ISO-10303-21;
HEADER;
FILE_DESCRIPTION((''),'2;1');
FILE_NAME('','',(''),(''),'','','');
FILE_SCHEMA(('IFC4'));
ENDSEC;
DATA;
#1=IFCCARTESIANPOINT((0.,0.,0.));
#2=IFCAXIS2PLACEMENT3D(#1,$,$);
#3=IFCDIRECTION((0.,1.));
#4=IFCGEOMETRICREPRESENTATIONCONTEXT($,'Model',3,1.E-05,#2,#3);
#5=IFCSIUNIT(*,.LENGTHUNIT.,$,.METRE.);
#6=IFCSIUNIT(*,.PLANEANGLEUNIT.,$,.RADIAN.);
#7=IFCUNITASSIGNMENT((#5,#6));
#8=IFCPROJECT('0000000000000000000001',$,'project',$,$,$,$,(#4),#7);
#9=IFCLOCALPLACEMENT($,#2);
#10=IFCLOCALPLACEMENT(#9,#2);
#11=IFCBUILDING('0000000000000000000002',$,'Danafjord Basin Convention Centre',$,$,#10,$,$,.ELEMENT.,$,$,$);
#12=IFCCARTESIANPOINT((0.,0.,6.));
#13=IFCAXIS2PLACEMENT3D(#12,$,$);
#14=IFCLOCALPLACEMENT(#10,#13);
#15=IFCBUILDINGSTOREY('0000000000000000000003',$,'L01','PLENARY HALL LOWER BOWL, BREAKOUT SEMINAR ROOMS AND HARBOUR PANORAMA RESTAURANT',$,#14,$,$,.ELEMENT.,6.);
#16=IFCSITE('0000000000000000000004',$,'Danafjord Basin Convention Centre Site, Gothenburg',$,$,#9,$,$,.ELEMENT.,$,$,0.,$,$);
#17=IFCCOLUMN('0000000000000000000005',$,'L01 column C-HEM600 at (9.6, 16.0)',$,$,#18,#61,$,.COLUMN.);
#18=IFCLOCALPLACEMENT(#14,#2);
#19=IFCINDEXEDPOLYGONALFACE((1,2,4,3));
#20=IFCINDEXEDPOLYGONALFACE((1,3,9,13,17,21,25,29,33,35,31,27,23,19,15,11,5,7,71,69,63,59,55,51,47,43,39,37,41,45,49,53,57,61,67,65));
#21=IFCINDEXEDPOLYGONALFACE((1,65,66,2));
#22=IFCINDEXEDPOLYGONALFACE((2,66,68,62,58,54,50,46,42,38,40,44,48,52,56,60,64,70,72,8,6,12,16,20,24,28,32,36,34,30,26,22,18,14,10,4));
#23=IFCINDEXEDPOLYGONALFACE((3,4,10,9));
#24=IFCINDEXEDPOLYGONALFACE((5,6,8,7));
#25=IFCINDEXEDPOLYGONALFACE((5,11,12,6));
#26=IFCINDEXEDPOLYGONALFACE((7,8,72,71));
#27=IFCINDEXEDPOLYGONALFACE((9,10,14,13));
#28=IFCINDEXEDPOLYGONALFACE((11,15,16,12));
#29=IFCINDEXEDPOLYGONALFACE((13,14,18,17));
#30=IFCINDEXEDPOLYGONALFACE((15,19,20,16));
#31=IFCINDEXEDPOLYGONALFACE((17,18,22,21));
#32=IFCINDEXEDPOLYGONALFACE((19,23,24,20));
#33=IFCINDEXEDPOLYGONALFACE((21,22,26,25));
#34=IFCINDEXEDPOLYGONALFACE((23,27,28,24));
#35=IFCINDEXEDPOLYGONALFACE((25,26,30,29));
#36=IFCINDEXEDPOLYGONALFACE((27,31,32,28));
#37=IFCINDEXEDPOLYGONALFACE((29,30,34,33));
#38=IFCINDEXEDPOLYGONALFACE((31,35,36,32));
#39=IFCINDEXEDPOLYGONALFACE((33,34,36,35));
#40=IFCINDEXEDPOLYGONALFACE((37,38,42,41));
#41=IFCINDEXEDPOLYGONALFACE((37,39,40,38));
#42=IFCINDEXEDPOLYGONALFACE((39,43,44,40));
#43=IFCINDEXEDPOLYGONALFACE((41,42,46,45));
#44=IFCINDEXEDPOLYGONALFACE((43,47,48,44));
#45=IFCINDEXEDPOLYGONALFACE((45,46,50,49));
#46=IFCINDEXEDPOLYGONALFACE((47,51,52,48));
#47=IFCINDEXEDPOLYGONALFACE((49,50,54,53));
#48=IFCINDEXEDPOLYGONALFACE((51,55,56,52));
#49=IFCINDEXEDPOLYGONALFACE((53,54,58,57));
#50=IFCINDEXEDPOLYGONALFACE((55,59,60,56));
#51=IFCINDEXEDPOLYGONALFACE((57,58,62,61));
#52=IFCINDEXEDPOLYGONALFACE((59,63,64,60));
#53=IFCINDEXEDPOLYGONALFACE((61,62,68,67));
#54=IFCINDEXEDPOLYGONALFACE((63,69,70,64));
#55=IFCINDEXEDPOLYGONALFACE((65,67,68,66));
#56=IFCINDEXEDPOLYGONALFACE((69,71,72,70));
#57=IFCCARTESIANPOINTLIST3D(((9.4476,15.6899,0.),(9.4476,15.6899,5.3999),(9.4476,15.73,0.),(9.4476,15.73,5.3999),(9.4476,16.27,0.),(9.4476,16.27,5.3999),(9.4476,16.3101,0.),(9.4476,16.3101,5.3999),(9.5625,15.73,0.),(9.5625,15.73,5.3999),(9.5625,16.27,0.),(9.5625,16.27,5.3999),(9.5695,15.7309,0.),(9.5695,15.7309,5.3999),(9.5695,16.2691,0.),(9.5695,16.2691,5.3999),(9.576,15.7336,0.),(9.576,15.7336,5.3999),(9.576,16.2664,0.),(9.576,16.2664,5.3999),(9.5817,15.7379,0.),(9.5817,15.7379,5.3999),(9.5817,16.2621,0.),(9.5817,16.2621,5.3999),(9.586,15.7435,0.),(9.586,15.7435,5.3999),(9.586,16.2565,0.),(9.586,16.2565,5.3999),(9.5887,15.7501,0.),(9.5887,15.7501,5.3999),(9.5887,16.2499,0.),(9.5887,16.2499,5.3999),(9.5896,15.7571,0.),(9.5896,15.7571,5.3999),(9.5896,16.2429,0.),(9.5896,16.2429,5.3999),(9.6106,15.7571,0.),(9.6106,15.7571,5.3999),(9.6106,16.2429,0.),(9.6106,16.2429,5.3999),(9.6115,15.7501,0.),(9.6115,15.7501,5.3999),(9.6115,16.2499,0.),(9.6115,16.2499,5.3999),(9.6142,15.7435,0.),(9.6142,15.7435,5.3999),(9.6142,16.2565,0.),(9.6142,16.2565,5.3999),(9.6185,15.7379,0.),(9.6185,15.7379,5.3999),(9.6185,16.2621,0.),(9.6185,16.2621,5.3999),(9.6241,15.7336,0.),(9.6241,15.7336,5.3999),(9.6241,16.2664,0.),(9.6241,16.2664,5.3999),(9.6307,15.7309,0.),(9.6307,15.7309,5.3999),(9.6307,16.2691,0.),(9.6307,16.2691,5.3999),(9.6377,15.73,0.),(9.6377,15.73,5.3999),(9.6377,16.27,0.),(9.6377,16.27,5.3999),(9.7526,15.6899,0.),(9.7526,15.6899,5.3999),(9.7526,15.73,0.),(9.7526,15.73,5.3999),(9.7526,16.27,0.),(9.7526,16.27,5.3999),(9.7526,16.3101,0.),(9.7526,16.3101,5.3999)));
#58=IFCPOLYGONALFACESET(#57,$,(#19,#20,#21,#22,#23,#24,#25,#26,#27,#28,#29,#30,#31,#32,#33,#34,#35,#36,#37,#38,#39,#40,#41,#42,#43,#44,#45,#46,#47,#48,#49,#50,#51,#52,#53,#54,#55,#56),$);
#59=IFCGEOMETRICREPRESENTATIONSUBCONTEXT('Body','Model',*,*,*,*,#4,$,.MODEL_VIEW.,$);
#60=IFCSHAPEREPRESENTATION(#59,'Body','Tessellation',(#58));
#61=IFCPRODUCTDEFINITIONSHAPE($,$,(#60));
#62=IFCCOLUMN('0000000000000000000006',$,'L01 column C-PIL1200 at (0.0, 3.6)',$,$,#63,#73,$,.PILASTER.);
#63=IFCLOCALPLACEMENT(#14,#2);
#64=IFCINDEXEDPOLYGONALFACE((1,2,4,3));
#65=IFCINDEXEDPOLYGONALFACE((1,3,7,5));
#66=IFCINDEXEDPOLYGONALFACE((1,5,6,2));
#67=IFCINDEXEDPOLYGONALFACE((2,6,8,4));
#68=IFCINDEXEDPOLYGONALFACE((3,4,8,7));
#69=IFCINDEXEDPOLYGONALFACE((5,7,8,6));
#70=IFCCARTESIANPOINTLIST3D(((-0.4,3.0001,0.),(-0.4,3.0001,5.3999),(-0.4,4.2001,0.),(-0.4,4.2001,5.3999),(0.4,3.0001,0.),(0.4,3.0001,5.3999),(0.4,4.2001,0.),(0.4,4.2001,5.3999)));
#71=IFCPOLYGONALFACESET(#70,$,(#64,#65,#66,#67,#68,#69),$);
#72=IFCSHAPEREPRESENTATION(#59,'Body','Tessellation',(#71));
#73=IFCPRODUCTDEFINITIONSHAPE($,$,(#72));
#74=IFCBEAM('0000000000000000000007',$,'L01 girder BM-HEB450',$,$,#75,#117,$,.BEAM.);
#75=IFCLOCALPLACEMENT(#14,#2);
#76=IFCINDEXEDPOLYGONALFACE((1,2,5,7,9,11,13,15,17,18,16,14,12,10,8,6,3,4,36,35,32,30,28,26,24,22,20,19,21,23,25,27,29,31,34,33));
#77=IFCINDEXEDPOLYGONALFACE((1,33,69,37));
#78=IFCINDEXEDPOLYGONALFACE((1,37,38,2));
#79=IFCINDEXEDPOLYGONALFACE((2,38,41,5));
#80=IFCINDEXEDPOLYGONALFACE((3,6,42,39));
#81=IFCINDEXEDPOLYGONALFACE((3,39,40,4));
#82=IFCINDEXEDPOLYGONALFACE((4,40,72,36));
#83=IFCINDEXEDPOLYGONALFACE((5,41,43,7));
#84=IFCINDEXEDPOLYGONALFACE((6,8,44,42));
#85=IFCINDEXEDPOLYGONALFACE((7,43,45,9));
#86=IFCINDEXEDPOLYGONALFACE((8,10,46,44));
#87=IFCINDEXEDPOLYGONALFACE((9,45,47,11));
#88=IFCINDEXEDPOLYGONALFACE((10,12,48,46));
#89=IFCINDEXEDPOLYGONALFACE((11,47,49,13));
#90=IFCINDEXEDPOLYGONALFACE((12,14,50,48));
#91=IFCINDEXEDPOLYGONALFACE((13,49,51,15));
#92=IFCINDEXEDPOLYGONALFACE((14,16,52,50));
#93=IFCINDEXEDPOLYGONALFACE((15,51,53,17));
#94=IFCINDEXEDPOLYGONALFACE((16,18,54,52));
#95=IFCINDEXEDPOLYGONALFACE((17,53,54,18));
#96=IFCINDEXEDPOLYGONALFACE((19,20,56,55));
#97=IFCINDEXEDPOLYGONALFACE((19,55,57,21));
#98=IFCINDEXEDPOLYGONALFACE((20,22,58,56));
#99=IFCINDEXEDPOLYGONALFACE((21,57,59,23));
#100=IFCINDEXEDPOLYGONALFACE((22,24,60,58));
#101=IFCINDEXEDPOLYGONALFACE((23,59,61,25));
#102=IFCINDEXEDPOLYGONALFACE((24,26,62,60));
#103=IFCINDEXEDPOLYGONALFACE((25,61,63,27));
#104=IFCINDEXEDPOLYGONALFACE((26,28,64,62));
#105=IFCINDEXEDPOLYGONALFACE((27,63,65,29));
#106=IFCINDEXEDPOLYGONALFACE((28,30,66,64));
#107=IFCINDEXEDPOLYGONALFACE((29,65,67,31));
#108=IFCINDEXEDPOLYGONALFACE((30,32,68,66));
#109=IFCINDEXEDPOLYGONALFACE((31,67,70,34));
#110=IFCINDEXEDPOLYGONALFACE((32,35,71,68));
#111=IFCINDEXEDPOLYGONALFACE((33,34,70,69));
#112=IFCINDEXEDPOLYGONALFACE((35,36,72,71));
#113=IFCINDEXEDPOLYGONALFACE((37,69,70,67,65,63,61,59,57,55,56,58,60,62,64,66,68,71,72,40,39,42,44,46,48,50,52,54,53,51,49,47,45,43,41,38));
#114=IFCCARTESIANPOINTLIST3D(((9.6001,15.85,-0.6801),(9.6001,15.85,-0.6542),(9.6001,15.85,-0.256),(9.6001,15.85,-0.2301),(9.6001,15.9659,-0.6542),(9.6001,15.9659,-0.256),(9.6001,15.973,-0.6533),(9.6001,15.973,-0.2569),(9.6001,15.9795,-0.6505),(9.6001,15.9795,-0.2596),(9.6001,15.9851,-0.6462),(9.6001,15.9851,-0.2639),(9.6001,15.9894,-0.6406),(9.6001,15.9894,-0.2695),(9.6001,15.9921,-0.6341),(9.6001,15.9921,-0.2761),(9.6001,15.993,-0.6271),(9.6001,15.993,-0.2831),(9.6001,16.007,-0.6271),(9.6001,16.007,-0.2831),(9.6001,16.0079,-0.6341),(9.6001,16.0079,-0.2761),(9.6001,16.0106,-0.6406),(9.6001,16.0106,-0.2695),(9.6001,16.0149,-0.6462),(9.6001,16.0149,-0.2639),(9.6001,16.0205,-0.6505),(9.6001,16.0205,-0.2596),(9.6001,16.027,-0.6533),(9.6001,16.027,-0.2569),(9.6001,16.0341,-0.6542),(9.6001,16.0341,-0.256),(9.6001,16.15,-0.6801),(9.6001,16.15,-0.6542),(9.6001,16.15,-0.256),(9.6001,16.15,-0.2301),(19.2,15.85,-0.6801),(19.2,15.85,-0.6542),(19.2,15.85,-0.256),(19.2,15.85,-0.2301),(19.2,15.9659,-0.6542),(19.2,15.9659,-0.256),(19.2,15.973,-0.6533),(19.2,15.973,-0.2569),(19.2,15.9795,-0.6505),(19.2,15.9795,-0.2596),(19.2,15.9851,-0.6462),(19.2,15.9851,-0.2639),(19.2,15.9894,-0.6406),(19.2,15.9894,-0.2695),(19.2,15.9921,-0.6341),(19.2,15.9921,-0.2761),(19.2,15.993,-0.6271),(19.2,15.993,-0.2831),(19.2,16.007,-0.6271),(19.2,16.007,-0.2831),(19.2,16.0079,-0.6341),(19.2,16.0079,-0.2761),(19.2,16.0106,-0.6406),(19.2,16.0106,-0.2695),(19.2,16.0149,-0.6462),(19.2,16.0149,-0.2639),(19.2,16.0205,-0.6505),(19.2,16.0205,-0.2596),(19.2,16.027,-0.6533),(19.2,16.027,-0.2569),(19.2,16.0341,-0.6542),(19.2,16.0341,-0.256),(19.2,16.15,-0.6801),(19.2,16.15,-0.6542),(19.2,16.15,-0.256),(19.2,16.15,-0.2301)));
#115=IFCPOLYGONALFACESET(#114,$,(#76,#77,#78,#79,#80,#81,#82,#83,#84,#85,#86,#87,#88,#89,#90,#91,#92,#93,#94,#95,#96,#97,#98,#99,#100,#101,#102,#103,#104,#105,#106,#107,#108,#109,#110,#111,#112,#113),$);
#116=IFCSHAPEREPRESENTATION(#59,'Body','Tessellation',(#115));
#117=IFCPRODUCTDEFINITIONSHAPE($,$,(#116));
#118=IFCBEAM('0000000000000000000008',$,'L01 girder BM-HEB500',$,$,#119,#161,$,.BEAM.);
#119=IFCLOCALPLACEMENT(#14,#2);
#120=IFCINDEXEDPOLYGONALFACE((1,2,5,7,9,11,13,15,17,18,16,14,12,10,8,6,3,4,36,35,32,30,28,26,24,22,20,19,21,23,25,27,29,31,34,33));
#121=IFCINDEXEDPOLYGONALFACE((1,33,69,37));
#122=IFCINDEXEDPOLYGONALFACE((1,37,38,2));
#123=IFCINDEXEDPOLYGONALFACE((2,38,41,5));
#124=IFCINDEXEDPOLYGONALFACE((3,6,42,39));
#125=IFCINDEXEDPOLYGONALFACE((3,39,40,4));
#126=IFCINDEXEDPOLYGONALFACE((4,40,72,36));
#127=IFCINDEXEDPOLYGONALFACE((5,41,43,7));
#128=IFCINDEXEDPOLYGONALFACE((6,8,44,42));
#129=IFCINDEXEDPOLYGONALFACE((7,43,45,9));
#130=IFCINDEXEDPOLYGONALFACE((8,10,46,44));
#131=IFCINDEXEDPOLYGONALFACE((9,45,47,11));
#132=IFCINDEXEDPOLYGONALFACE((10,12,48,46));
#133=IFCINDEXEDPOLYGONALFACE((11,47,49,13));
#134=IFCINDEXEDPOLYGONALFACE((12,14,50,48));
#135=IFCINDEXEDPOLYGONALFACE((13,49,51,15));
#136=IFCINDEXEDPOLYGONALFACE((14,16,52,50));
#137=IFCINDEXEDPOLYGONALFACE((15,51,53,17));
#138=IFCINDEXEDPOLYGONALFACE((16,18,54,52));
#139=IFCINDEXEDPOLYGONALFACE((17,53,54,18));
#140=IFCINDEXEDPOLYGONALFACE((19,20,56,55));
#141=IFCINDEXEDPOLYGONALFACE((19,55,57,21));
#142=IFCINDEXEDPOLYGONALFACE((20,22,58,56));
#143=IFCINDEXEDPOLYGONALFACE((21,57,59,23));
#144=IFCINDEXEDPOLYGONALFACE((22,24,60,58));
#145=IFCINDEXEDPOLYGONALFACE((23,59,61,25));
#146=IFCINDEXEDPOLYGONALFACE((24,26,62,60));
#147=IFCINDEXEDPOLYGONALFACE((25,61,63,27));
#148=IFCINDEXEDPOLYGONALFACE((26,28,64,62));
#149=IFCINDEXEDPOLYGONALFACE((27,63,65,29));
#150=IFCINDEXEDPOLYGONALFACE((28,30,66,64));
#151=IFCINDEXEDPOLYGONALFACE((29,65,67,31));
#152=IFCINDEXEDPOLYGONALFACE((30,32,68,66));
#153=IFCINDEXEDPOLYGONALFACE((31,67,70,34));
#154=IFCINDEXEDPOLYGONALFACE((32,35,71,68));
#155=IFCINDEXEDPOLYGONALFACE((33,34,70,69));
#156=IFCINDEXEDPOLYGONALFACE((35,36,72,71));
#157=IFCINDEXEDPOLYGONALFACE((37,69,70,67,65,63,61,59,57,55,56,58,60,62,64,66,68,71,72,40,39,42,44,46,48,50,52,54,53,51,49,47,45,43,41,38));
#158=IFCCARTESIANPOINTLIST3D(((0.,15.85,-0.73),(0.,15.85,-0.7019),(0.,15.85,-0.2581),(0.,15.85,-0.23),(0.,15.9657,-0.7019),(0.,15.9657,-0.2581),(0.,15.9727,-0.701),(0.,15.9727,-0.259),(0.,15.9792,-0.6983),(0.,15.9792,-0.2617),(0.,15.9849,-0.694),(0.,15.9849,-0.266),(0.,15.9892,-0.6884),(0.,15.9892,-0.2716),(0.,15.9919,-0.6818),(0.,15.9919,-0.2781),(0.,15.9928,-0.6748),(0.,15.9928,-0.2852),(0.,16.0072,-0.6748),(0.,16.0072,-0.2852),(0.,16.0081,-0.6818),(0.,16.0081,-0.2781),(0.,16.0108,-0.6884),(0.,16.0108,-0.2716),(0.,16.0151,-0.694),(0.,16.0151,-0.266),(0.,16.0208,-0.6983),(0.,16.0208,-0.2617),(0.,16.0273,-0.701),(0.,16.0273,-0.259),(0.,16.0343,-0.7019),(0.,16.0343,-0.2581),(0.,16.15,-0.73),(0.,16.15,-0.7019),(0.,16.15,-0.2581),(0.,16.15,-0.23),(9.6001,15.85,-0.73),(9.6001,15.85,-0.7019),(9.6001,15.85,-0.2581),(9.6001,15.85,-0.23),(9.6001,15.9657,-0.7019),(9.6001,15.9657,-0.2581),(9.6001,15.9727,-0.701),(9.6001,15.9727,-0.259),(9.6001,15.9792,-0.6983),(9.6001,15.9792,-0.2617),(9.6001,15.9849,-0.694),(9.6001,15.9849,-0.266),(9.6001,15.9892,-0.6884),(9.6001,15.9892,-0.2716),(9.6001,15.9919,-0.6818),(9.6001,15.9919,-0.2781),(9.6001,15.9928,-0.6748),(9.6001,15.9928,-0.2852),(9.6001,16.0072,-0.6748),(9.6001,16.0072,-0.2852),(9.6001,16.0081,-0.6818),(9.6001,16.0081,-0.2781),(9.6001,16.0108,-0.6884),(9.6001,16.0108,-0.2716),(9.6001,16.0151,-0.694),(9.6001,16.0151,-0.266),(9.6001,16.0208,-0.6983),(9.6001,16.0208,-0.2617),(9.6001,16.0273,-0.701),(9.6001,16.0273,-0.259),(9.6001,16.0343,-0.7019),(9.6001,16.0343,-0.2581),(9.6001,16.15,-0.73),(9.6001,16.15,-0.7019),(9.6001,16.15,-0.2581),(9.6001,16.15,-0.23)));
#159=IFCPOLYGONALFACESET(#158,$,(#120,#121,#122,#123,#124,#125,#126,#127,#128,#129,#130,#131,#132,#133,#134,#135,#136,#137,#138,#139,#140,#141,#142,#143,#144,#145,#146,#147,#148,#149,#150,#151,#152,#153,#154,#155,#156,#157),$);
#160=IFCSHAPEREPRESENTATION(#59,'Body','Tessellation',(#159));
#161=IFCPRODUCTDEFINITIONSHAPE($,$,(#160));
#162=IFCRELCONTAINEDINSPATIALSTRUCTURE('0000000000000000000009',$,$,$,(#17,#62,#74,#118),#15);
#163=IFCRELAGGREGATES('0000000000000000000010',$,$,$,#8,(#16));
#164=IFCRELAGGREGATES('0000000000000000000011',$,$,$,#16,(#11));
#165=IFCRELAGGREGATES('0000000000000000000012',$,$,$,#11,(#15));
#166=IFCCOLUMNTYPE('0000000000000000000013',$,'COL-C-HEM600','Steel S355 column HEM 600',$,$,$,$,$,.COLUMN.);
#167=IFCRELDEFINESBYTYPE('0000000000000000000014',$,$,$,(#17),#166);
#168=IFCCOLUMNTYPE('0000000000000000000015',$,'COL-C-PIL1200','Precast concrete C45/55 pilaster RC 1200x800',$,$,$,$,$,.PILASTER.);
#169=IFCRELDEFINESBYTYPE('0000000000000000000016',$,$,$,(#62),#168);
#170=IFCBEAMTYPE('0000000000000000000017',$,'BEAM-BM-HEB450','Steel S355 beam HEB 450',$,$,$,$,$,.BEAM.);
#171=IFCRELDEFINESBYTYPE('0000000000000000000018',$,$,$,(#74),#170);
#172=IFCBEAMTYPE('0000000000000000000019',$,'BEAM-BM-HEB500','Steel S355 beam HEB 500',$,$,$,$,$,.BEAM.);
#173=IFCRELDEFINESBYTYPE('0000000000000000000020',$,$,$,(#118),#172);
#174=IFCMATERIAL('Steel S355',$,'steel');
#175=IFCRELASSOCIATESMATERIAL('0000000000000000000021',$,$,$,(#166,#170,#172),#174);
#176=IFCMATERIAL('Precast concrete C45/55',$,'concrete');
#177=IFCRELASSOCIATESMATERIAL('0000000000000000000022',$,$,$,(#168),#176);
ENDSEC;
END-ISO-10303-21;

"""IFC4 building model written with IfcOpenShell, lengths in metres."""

from ifc_helpers import new_model, si_unit, direction, frame, origin, origin_2d, place, context, subcontext, project, spatial, rectangle, i_section, extrude, material, material_profile, profile_set, type_object, element, save


model = new_model("IFC4")

# Units and contexts
model_context = context("Model", 3, precision=1e-05, world=origin(), true_north=direction((0.0, 1.0)))
body_context = subcontext(model_context, "Body", "Model", "MODEL_VIEW")
ifc_project = project(units=[si_unit("LENGTHUNIT", "METRE"), si_unit("PLANEANGLEUNIT", "RADIAN")], contexts=[model_context])

# Site, building, storey
site_placement = place(None, origin())
site = spatial("IfcSite", under=ifc_project, at=site_placement, Name="Danafjord Basin Convention Centre Site, Gothenburg", CompositionType="ELEMENT", RefElevation=0.0)
building_placement = place(site_placement, origin())
building = spatial("IfcBuilding", under=site, at=building_placement, Name="Danafjord Basin Convention Centre", CompositionType="ELEMENT")
storey_placement = place(building_placement, frame((0.0, 0.0, 6.0)))
storey = spatial("IfcBuildingStorey", under=building, at=storey_placement, Name="L01", Description="PLENARY HALL LOWER BOWL, BREAKOUT SEMINAR ROOMS AND HARBOUR PANORAMA RESTAURANT", CompositionType="ELEMENT", Elevation=6.0)

# Columns
ifc_material_1 = material(Name="Steel S355", Category="steel")
ifc_material_profile_1 = material_profile(ifc_material_1, i_section(OverallWidth=0.3049, OverallDepth=0.6201, WebThickness=0.021, FlangeThickness=0.04, FilletRadius=0.0271, at=origin_2d()), Name="HEM 600")
ifc_profile_set_1 = profile_set([ifc_material_profile_1], Name="Steel S355")
column_type_1 = type_object("IfcColumnType", Name="COL-C-HEM600", Description="Steel S355 column HEM 600", PredefinedType="COLUMN", material=ifc_profile_set_1)
column_1_placement = place(storey_placement, frame((9.6001, 16.0, 0.0), z_axis=(0.0, 0.0, 1.0), x_axis=(1.0, 0.0, 0.0)))
element("IfcColumn", 1, at=column_1_placement, inside=storey, type_object=column_type_1, Name="L01 column C-HEM600 at (9.6, 16.0)", PredefinedType="COLUMN", context=body_context, shape_type="SweptSolid", body=[
    extrude(i_section(OverallWidth=0.3049, OverallDepth=0.6201, WebThickness=0.021, FlangeThickness=0.04, FilletRadius=0.0271, at=origin_2d()), origin(), (0.0, 0.0, 1.0), 5.3999),
])
ifc_material_2 = material(Name="Precast concrete C45/55", Category="concrete")
ifc_material_profile_2 = material_profile(ifc_material_2, rectangle(XDim=0.8, YDim=1.2, at=origin_2d()), Name="RC 1200x800")
ifc_profile_set_2 = profile_set([ifc_material_profile_2], Name="Precast concrete C45/55")
column_type_2 = type_object("IfcColumnType", Name="COL-C-PIL1200", Description="Precast concrete C45/55 pilaster RC 1200x800", PredefinedType="PILASTER", material=ifc_profile_set_2)
column_2_placement = place(storey_placement, frame((0.0, 3.6001, 0.0), z_axis=(0.0, 0.0, 1.0), x_axis=(1.0, 0.0, 0.0)))
element("IfcColumn", 2, at=column_2_placement, inside=storey, type_object=column_type_2, Name="L01 column C-PIL1200 at (0.0, 3.6)", PredefinedType="PILASTER", context=body_context, shape_type="SweptSolid", body=[
    extrude(rectangle(XDim=0.8, YDim=1.2, at=origin_2d()), origin(), (0.0, 0.0, 1.0), 5.3999),
])

# Beams
ifc_material_profile_3 = material_profile(ifc_material_1, i_section(OverallWidth=0.3, OverallDepth=0.45, WebThickness=0.0139, FlangeThickness=0.0259, FilletRadius=0.0271, at=origin_2d()), Name="HEB 450")
ifc_profile_set_3 = profile_set([ifc_material_profile_3], Name="Steel S355")
beam_type_1 = type_object("IfcBeamType", Name="BEAM-BM-HEB450", Description="Steel S355 beam HEB 450", PredefinedType="BEAM", material=ifc_profile_set_3)
beam_1_placement = place(storey_placement, frame((9.6001, 16.0, -0.4551), z_axis=(1.0, 0.0, 0.0), x_axis=(0.0, 1.0, 0.0)))
element("IfcBeam", 3, at=beam_1_placement, inside=storey, type_object=beam_type_1, Name="L01 girder BM-HEB450", PredefinedType="BEAM", context=body_context, shape_type="SweptSolid", body=[
    extrude(i_section(OverallWidth=0.3, OverallDepth=0.45, WebThickness=0.0139, FlangeThickness=0.0259, FilletRadius=0.0271, at=origin_2d()), origin(), (0.0, 0.0, 1.0), 9.5999),
])
ifc_material_profile_4 = material_profile(ifc_material_1, i_section(OverallWidth=0.3, OverallDepth=0.5, WebThickness=0.0144, FlangeThickness=0.0281, FilletRadius=0.0271, at=origin_2d()), Name="HEB 500")
ifc_profile_set_4 = profile_set([ifc_material_profile_4], Name="Steel S355")
beam_type_2 = type_object("IfcBeamType", Name="BEAM-BM-HEB500", Description="Steel S355 beam HEB 500", PredefinedType="BEAM", material=ifc_profile_set_4)
beam_2_placement = place(storey_placement, frame((0.0, 16.0, -0.48), z_axis=(1.0, 0.0, 0.0), x_axis=(0.0, 1.0, 0.0)))
element("IfcBeam", 4, at=beam_2_placement, inside=storey, type_object=beam_type_2, Name="L01 girder BM-HEB500", PredefinedType="BEAM", context=body_context, shape_type="SweptSolid", body=[
    extrude(i_section(OverallWidth=0.3, OverallDepth=0.5, WebThickness=0.0144, FlangeThickness=0.0281, FilletRadius=0.0271, at=origin_2d()), origin(), (0.0, 0.0, 1.0), 9.6001),
])

save(model, "model.ifc")
